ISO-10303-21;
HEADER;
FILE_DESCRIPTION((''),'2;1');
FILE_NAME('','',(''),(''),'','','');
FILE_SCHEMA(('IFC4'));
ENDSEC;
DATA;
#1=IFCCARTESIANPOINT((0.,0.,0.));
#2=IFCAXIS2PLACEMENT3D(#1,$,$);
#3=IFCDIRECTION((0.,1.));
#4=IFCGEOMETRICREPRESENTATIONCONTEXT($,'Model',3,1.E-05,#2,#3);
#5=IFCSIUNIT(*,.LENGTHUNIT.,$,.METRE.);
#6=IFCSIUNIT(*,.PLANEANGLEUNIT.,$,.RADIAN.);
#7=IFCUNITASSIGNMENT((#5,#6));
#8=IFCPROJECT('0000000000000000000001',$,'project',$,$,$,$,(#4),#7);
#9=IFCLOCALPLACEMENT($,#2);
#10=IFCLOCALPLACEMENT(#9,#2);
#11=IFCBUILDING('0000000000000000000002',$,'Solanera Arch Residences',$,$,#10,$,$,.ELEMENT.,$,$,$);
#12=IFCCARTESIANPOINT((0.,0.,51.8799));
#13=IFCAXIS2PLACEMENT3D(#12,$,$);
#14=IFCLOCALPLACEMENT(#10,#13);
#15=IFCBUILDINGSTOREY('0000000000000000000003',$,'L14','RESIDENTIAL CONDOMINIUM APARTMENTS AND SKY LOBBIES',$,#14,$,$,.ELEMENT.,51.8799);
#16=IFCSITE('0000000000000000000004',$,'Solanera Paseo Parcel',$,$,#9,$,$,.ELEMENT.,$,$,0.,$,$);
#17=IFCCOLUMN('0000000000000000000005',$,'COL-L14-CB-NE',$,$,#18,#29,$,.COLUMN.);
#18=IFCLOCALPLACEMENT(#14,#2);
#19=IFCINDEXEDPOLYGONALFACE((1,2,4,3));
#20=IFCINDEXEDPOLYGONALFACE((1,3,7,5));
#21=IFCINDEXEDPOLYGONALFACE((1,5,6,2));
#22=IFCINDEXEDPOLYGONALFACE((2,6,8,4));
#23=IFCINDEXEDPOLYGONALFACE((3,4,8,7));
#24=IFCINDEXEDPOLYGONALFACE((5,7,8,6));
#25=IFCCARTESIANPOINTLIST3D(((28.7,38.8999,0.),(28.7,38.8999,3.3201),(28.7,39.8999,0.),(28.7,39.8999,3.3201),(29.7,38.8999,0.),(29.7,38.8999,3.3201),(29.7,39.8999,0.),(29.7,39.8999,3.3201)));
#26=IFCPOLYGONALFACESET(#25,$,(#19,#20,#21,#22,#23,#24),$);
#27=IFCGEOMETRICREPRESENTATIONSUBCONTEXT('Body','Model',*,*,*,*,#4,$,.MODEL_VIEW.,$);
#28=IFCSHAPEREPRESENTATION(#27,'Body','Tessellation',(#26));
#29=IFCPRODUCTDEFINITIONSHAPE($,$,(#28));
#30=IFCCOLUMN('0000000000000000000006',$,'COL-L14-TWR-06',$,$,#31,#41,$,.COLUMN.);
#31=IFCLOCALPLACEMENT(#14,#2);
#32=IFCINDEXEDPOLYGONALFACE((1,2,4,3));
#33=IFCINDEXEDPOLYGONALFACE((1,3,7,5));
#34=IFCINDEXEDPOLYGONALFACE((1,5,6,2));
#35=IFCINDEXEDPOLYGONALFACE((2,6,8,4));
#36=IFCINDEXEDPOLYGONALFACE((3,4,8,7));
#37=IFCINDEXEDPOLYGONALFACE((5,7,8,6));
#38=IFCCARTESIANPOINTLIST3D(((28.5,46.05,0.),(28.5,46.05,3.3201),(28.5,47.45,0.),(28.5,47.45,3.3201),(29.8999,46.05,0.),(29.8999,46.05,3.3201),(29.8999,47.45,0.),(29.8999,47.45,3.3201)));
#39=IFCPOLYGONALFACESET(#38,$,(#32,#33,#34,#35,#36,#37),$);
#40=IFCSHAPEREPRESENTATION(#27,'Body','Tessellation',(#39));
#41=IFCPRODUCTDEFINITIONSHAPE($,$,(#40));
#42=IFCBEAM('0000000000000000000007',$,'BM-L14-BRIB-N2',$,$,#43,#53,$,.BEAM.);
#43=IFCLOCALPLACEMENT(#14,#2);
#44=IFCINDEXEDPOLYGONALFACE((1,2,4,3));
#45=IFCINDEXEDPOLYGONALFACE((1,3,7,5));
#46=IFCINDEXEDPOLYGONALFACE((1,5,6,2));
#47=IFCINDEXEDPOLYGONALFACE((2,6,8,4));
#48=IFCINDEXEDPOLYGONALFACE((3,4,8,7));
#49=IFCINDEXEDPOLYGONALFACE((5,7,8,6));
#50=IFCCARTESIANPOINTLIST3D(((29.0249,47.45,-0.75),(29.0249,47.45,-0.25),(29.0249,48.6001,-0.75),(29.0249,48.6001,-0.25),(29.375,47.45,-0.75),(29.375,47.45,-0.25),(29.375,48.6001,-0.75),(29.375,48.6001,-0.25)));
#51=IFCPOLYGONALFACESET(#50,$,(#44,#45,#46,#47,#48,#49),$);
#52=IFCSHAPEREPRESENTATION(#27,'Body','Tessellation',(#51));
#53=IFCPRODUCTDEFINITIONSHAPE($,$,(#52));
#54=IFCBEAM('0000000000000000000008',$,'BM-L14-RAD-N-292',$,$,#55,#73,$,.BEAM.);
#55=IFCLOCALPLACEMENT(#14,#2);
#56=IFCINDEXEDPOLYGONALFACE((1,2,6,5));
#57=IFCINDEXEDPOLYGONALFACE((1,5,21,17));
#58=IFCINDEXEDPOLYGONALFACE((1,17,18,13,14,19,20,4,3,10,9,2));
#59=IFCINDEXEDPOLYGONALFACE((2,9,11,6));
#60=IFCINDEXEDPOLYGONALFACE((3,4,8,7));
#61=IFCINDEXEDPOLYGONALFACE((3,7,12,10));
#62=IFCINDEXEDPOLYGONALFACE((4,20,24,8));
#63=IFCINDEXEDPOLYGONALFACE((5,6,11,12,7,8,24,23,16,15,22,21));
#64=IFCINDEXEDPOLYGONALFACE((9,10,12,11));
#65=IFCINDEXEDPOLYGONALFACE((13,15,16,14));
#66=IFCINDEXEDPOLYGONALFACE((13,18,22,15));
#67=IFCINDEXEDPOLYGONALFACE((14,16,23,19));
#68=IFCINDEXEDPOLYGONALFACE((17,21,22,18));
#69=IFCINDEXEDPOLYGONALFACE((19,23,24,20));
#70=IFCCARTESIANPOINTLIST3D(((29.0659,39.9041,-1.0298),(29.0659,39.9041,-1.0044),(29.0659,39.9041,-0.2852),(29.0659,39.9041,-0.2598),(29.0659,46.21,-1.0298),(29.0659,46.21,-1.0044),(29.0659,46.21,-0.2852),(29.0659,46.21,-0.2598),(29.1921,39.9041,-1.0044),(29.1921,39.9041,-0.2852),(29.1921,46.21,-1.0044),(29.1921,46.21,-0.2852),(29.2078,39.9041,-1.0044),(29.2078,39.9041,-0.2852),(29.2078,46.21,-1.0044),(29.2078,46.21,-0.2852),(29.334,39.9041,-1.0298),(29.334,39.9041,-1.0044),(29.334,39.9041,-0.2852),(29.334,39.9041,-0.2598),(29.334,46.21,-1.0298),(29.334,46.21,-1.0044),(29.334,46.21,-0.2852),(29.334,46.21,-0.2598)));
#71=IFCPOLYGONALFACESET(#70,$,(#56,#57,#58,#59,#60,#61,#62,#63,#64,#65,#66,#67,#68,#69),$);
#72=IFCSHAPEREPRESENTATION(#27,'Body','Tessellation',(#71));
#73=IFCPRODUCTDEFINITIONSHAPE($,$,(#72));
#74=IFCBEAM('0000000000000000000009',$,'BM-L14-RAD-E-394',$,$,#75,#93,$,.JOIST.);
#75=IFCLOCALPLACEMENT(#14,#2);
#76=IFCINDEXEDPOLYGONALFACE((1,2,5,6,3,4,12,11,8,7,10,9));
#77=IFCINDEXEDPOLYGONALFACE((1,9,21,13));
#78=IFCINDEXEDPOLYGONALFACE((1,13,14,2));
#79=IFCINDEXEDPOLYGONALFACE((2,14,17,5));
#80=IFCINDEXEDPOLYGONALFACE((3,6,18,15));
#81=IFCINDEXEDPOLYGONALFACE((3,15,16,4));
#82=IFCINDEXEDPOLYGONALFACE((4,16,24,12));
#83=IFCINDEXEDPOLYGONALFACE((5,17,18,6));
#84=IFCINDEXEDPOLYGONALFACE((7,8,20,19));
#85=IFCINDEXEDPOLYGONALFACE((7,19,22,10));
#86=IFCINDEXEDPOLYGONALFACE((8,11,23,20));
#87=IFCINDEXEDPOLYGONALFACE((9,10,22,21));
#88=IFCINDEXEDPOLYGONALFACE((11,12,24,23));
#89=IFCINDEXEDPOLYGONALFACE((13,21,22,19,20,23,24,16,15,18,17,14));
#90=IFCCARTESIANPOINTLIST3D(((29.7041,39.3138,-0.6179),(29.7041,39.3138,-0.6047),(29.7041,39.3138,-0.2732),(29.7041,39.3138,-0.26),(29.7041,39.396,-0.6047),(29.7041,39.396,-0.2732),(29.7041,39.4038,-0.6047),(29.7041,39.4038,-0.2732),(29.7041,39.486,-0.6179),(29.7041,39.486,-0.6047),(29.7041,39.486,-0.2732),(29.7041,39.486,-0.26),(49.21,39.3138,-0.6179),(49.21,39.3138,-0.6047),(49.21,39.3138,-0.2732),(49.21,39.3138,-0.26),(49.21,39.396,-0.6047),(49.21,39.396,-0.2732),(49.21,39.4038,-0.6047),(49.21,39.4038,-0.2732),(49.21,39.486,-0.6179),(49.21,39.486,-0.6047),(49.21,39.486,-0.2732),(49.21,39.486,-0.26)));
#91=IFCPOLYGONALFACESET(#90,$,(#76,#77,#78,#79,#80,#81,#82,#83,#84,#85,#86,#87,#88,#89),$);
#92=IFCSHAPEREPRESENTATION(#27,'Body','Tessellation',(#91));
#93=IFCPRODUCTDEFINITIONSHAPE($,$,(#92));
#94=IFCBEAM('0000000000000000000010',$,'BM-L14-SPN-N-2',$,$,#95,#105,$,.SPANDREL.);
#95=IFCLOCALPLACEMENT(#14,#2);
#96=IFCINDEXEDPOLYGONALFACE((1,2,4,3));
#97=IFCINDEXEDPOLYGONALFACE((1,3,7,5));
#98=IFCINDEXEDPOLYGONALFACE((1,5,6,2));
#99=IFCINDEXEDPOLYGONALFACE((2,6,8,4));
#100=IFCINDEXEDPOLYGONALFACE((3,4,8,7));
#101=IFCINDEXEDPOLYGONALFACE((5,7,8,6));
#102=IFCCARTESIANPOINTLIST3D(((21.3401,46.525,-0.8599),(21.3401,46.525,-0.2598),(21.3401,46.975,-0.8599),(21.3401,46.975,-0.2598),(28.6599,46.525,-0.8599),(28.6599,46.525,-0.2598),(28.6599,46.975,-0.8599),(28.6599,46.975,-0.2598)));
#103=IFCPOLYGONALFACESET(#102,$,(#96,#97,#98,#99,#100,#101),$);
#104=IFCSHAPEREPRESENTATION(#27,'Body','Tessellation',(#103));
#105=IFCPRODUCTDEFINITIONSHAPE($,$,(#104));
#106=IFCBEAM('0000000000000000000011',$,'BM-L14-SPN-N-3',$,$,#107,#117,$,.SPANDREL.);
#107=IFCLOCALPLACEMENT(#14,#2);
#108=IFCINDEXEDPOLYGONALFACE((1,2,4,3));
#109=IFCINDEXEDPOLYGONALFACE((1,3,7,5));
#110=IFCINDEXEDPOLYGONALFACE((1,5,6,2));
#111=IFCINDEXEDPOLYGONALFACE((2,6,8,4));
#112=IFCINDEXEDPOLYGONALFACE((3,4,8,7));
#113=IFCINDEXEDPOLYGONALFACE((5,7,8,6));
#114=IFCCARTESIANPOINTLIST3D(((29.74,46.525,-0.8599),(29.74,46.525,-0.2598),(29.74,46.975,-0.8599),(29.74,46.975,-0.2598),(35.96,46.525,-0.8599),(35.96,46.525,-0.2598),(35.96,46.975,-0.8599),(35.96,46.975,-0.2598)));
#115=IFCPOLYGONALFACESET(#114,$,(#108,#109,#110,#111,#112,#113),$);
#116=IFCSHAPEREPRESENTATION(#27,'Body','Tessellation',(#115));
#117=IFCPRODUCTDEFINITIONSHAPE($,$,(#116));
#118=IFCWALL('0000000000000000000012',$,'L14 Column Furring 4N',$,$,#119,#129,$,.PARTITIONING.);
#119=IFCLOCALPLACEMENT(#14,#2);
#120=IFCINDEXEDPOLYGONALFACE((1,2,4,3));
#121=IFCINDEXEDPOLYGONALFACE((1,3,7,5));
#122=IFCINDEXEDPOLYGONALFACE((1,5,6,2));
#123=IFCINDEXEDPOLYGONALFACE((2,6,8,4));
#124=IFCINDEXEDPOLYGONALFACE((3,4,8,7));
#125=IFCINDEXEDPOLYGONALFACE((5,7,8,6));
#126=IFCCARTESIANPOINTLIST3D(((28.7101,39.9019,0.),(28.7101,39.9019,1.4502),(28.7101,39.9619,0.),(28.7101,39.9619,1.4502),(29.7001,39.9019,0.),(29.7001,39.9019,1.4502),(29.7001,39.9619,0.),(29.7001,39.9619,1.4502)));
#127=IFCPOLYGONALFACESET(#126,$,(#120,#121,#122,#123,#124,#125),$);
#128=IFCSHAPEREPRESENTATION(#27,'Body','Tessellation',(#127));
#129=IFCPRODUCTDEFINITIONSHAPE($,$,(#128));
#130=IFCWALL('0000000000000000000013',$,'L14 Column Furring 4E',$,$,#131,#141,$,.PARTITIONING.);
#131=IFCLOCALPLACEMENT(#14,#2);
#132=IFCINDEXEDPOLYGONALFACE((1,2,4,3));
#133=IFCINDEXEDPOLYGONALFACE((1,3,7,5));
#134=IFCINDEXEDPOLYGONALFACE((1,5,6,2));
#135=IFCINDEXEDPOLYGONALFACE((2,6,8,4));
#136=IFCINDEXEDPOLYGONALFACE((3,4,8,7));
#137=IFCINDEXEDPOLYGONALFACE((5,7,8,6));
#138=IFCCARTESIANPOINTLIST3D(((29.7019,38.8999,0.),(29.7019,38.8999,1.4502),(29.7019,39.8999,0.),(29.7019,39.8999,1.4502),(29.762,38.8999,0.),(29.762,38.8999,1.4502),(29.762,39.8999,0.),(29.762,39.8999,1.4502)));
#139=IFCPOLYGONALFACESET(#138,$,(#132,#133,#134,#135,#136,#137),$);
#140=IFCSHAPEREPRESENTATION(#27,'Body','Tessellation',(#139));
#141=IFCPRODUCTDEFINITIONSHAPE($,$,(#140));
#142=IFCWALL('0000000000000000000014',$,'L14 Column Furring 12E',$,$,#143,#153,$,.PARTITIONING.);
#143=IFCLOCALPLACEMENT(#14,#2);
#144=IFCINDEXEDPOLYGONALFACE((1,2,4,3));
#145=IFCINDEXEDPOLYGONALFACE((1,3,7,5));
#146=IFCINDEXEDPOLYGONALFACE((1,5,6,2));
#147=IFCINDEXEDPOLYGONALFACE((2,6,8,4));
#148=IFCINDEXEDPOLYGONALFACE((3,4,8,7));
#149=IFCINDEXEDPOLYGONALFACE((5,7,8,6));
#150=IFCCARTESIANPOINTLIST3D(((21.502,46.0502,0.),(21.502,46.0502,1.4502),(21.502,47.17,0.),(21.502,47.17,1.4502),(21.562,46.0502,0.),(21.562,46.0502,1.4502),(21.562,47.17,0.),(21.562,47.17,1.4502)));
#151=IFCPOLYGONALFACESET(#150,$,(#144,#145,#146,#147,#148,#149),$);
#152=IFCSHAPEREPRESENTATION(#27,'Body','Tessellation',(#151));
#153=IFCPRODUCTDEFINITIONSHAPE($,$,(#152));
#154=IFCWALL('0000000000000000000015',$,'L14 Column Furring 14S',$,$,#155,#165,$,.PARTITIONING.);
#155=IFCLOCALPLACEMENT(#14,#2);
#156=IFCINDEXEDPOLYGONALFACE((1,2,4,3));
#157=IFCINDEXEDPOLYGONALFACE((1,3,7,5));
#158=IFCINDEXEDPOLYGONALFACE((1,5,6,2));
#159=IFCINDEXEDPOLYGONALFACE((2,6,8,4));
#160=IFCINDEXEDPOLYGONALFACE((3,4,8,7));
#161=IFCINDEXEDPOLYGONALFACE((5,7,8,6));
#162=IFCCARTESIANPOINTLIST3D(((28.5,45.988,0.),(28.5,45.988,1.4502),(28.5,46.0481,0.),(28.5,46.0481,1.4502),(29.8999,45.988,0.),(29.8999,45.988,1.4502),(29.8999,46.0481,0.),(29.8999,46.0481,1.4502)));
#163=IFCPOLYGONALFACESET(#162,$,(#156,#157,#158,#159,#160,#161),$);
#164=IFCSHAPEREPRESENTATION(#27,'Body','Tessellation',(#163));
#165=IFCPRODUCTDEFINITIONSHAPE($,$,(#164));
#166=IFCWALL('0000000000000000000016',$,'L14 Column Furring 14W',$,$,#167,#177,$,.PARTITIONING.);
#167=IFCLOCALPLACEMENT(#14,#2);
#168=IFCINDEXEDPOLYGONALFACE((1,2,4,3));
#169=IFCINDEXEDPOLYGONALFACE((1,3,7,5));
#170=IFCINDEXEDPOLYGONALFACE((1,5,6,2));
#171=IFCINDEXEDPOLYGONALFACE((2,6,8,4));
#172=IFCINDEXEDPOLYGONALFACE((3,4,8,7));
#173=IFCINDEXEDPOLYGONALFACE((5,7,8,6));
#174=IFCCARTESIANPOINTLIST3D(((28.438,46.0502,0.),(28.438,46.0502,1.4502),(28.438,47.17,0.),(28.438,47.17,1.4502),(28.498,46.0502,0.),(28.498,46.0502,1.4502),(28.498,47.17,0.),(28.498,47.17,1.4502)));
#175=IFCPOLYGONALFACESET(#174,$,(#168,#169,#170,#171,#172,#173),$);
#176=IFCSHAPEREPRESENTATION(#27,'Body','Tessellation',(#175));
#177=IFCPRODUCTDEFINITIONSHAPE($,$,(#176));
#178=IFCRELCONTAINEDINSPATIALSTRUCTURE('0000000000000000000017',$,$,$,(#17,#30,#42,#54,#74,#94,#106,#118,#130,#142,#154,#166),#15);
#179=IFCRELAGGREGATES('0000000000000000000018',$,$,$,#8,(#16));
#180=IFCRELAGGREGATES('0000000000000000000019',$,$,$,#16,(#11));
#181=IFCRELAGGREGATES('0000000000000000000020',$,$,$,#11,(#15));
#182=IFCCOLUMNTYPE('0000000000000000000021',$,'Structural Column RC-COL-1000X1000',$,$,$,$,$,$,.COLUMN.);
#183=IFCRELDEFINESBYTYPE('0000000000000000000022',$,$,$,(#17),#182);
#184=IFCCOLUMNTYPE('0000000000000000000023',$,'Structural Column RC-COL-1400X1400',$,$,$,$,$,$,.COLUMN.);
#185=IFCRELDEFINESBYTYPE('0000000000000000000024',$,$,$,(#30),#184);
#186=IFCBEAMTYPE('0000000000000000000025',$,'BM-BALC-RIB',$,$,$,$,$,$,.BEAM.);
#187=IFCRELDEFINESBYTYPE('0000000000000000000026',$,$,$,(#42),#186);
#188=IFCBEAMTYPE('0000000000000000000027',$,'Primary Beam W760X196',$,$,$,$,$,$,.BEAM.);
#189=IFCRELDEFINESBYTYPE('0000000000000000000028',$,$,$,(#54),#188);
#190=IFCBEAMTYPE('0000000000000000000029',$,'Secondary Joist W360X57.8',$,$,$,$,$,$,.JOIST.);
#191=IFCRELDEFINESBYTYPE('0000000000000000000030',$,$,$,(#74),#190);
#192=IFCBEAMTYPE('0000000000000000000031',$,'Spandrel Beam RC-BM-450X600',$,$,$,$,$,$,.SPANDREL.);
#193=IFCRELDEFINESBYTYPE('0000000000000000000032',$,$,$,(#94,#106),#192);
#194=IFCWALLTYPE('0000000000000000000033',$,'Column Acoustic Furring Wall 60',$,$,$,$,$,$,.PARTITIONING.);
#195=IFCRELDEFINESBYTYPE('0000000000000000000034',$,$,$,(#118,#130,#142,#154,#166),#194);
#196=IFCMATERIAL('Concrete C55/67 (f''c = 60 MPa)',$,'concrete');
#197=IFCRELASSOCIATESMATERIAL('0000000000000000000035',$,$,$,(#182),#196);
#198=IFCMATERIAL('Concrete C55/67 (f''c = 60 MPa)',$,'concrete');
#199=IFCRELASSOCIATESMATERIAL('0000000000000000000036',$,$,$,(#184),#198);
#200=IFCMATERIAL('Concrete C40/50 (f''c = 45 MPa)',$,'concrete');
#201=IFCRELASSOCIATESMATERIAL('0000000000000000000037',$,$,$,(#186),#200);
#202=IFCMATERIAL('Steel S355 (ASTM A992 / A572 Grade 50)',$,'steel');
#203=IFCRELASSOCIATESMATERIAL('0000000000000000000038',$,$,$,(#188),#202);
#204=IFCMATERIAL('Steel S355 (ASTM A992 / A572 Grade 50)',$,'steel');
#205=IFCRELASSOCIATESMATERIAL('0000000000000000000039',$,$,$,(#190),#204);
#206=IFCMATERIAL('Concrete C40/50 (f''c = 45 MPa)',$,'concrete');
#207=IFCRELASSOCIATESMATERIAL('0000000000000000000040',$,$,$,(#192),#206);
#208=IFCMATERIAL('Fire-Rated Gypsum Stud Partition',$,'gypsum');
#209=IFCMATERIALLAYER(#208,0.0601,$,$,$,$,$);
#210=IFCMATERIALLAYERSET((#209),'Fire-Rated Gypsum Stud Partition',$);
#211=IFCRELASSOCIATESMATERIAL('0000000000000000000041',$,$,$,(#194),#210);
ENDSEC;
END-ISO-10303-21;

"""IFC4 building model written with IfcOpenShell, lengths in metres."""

from ifc_helpers import new_model, si_unit, direction, frame, frame_2d, origin, origin_2d, place, context, subcontext, project, spatial, rectangle, i_section, extrude, material, layer, layer_set, material_profile, profile_set, type_object, element, save


model = new_model("IFC4")

# Units and contexts
model_context = context("Model", 3, precision=1e-05, world=origin(), true_north=direction((0.0, 1.0)))
body_context = subcontext(model_context, "Body", "Model", "MODEL_VIEW")
ifc_project = project(units=[si_unit("LENGTHUNIT", "METRE"), si_unit("PLANEANGLEUNIT", "RADIAN")], contexts=[model_context])

# Site, building, storey
site_placement = place(None, origin())
site = spatial("IfcSite", under=ifc_project, at=site_placement, Name="Solanera Paseo Parcel", CompositionType="ELEMENT", RefElevation=0.0)
building_placement = place(site_placement, origin())
building = spatial("IfcBuilding", under=site, at=building_placement, Name="Solanera Arch Residences", CompositionType="ELEMENT")
storey_placement = place(building_placement, frame((0.0, 0.0, 51.8799)))
storey = spatial("IfcBuildingStorey", under=building, at=storey_placement, Name="L14", Description="RESIDENTIAL CONDOMINIUM APARTMENTS AND SKY LOBBIES", CompositionType="ELEMENT", Elevation=51.8799)

# Columns
ifc_material_1 = material(Name="Concrete C55/67 (f'c = 60 MPa)", Category="concrete")
ifc_material_profile_1 = material_profile(ifc_material_1, rectangle(XDim=1.0, YDim=1.0, at=origin_2d()))
ifc_profile_set_1 = profile_set([ifc_material_profile_1], Name="Concrete C55/67 (f'c = 60 MPa)")
column_type_1 = type_object("IfcColumnType", Name="Structural Column RC-COL-1000X1000", PredefinedType="COLUMN", material=ifc_profile_set_1)
column_1_placement = place(storey_placement, frame((29.2, 39.3999, 0.0), z_axis=(0.0, 0.0, 1.0), x_axis=(1.0, 0.0, 0.0)))
element("IfcColumn", 1, at=column_1_placement, inside=storey, type_object=column_type_1, Name="COL-L14-CB-NE", PredefinedType="COLUMN", context=body_context, shape_type="SweptSolid", body=[
    extrude(rectangle(XDim=1.0, YDim=1.0, at=origin_2d()), origin(), (0.0, 0.0, 1.0), 3.3201),
])
ifc_material_2 = material(Name="Concrete C55/67 (f'c = 60 MPa)", Category="concrete")
ifc_material_profile_2 = material_profile(ifc_material_2, rectangle(XDim=1.3999, YDim=1.3999, at=origin_2d()))
ifc_profile_set_2 = profile_set([ifc_material_profile_2], Name="Concrete C55/67 (f'c = 60 MPa)")
column_type_2 = type_object("IfcColumnType", Name="Structural Column RC-COL-1400X1400", PredefinedType="COLUMN", material=ifc_profile_set_2)
column_2_placement = place(storey_placement, frame((29.2, 46.75, 0.0), z_axis=(0.0, 0.0, 1.0), x_axis=(1.0, 0.0, 0.0)))
element("IfcColumn", 2, at=column_2_placement, inside=storey, type_object=column_type_2, Name="COL-L14-TWR-06", PredefinedType="COLUMN", context=body_context, shape_type="SweptSolid", body=[
    extrude(rectangle(XDim=1.3999, YDim=1.3999, at=origin_2d()), origin(), (0.0, 0.0, 1.0), 3.3201),
])

# Beams
ifc_material_3 = material(Name="Concrete C40/50 (f'c = 45 MPa)", Category="concrete")
ifc_material_profile_3 = material_profile(ifc_material_3, rectangle(XDim=0.3501, YDim=0.5, at=origin_2d()))
ifc_profile_set_3 = profile_set([ifc_material_profile_3], Name="Concrete C40/50 (f'c = 45 MPa)")
beam_type_1 = type_object("IfcBeamType", Name="BM-BALC-RIB", PredefinedType="BEAM", material=ifc_profile_set_3)
beam_1_placement = place(storey_placement, frame((29.2, 47.45, -0.5), z_axis=(0.0, 1.0, 0.0), x_axis=(-1.0, 0.0, 0.0)))
element("IfcBeam", 3, at=beam_1_placement, inside=storey, type_object=beam_type_1, Name="BM-L14-BRIB-N2", PredefinedType="BEAM", context=body_context, shape_type="SweptSolid", body=[
    extrude(rectangle(XDim=0.3501, YDim=0.5, at=origin_2d()), origin(), (0.0, 0.0, 1.0), 1.1501),
])
ifc_material_4 = material(Name="Steel S355 (ASTM A992 / A572 Grade 50)", Category="steel")
ifc_material_profile_4 = material_profile(ifc_material_4, i_section(OverallWidth=0.2681, OverallDepth=0.77, WebThickness=0.0156, FlangeThickness=0.0254, at=origin_2d()))
ifc_profile_set_4 = profile_set([ifc_material_profile_4], Name="Steel S355 (ASTM A992 / A572 Grade 50)")
beam_type_2 = type_object("IfcBeamType", Name="Primary Beam W760X196", PredefinedType="BEAM", material=ifc_profile_set_4)
beam_2_placement = place(storey_placement, frame((29.2, 39.9041, -0.6448), z_axis=(0.0, 1.0, 0.0), x_axis=(-1.0, 0.0, 0.0)))
element("IfcBeam", 4, at=beam_2_placement, inside=storey, type_object=beam_type_2, Name="BM-L14-RAD-N-292", PredefinedType="BEAM", context=body_context, shape_type="SweptSolid", body=[
    extrude(i_section(OverallWidth=0.2681, OverallDepth=0.77, WebThickness=0.0156, FlangeThickness=0.0254, at=origin_2d()), origin(), (0.0, 0.0, 1.0), 6.3059),
])
ifc_material_5 = material(Name="Steel S355 (ASTM A992 / A572 Grade 50)", Category="steel")
ifc_material_profile_5 = material_profile(ifc_material_5, i_section(OverallWidth=0.1721, OverallDepth=0.3579, WebThickness=0.0078, FlangeThickness=0.0132, at=origin_2d()))
ifc_profile_set_5 = profile_set([ifc_material_profile_5], Name="Steel S355 (ASTM A992 / A572 Grade 50)")
beam_type_3 = type_object("IfcBeamType", Name="Secondary Joist W360X57.8", PredefinedType="JOIST", material=ifc_profile_set_5)
beam_3_placement = place(storey_placement, frame((29.7041, 39.3999, -0.439), z_axis=(1.0, 0.0, 0.0), x_axis=(0.0, 1.0, 0.0)))
element("IfcBeam", 5, at=beam_3_placement, inside=storey, type_object=beam_type_3, Name="BM-L14-RAD-E-394", PredefinedType="JOIST", context=body_context, shape_type="SweptSolid", body=[
    extrude(i_section(OverallWidth=0.1721, OverallDepth=0.3579, WebThickness=0.0078, FlangeThickness=0.0132, at=origin_2d()), origin(), (0.0, 0.0, 1.0), 19.5059),
])
ifc_material_6 = material(Name="Concrete C40/50 (f'c = 45 MPa)", Category="concrete")
ifc_material_profile_6 = material_profile(ifc_material_6, rectangle(XDim=0.45, YDim=0.6001, at=origin_2d()))
ifc_profile_set_6 = profile_set([ifc_material_profile_6], Name="Concrete C40/50 (f'c = 45 MPa)")
beam_type_4 = type_object("IfcBeamType", Name="Spandrel Beam RC-BM-450X600", PredefinedType="SPANDREL", material=ifc_profile_set_6)
beam_4_placement = place(storey_placement, frame((21.3401, 46.75, -0.5598), z_axis=(1.0, 0.0, 0.0), x_axis=(0.0, 1.0, 0.0)))
element("IfcBeam", 6, at=beam_4_placement, inside=storey, type_object=beam_type_4, Name="BM-L14-SPN-N-2", PredefinedType="SPANDREL", context=body_context, shape_type="SweptSolid", body=[
    extrude(rectangle(XDim=0.45, YDim=0.6001, at=origin_2d()), origin(), (0.0, 0.0, 1.0), 7.3198),
])
beam_5_placement = place(storey_placement, frame((29.74, 46.75, -0.5598), z_axis=(1.0, 0.0, 0.0), x_axis=(0.0, 1.0, 0.0)))
element("IfcBeam", 7, at=beam_5_placement, inside=storey, type_object=beam_type_4, Name="BM-L14-SPN-N-3", PredefinedType="SPANDREL", context=body_context, shape_type="SweptSolid", body=[
    extrude(rectangle(XDim=0.45, YDim=0.6001, at=origin_2d()), origin(), (0.0, 0.0, 1.0), 6.22),
])

# Walls
ifc_material_7 = material(Name="Fire-Rated Gypsum Stud Partition", Category="gypsum")
ifc_layer_1 = layer(ifc_material_7, 0.0601)
ifc_layer_set_1 = layer_set([ifc_layer_1], Name="Fire-Rated Gypsum Stud Partition")
wall_type_1 = type_object("IfcWallType", Name="Column Acoustic Furring Wall 60", PredefinedType="PARTITIONING", material=ifc_layer_set_1)
wall_1_placement = place(storey_placement, frame((28.71, 39.9319, 0.0), z_axis=(0.0, 0.0, 1.0), x_axis=(1.0, 0.0, 0.0)))
element("IfcWall", 8, at=wall_1_placement, inside=storey, type_object=wall_type_1, Name="L14 Column Furring 4N", PredefinedType="PARTITIONING", context=body_context, shape_type="SweptSolid", body=[
    extrude(rectangle(XDim=0.99, YDim=0.0601, at=frame_2d((0.4951, 0.0))), origin(), (0.0, 0.0, 1.0), 1.4502),
])
wall_2_placement = place(storey_placement, frame((29.7319, 38.8999, 0.0), z_axis=(0.0, 0.0, 1.0), x_axis=(0.0, 1.0, 0.0)))
element("IfcWall", 9, at=wall_2_placement, inside=storey, type_object=wall_type_1, Name="L14 Column Furring 4E", PredefinedType="PARTITIONING", context=body_context, shape_type="SweptSolid", body=[
    extrude(rectangle(XDim=1.0, YDim=0.0601, at=frame_2d((0.5, 0.0))), origin(), (0.0, 0.0, 1.0), 1.4502),
])
wall_3_placement = place(storey_placement, frame((21.532, 46.05, 0.0), z_axis=(0.0, 0.0, 1.0), x_axis=(0.0, 1.0, 0.0)))
element("IfcWall", 10, at=wall_3_placement, inside=storey, type_object=wall_type_1, Name="L14 Column Furring 12E", PredefinedType="PARTITIONING", context=body_context, shape_type="SweptSolid", body=[
    extrude(rectangle(XDim=1.1199, YDim=0.0601, at=frame_2d((0.5601, 0.0))), origin(), (0.0, 0.0, 1.0), 1.4502),
])
wall_4_placement = place(storey_placement, frame((28.5, 46.0181, 0.0), z_axis=(0.0, 0.0, 1.0), x_axis=(1.0, 0.0, 0.0)))
element("IfcWall", 11, at=wall_4_placement, inside=storey, type_object=wall_type_1, Name="L14 Column Furring 14S", PredefinedType="PARTITIONING", context=body_context, shape_type="SweptSolid", body=[
    extrude(rectangle(XDim=1.3999, YDim=0.0601, at=frame_2d((0.7, 0.0))), origin(), (0.0, 0.0, 1.0), 1.4502),
])
for number, where, z_axis, x_axis, name in (
    (12, (28.468, 46.05, 0.0), (0.0, 0.0, 1.0), (0.0, 1.0, 0.0), "L14 Column Furring 14W"),
):
    element("IfcWall", number, at=place(storey_placement, frame(where, z_axis=z_axis, x_axis=x_axis)), inside=storey, type_object=wall_type_1, Name=name, PredefinedType="PARTITIONING", context=body_context, shape_type="SweptSolid", body=[
        extrude(rectangle(XDim=1.1199, YDim=0.0601, at=frame_2d((0.5601, 0.0))), origin(), (0.0, 0.0, 1.0), 1.4502),
    ])

save(model, "model.ifc")
